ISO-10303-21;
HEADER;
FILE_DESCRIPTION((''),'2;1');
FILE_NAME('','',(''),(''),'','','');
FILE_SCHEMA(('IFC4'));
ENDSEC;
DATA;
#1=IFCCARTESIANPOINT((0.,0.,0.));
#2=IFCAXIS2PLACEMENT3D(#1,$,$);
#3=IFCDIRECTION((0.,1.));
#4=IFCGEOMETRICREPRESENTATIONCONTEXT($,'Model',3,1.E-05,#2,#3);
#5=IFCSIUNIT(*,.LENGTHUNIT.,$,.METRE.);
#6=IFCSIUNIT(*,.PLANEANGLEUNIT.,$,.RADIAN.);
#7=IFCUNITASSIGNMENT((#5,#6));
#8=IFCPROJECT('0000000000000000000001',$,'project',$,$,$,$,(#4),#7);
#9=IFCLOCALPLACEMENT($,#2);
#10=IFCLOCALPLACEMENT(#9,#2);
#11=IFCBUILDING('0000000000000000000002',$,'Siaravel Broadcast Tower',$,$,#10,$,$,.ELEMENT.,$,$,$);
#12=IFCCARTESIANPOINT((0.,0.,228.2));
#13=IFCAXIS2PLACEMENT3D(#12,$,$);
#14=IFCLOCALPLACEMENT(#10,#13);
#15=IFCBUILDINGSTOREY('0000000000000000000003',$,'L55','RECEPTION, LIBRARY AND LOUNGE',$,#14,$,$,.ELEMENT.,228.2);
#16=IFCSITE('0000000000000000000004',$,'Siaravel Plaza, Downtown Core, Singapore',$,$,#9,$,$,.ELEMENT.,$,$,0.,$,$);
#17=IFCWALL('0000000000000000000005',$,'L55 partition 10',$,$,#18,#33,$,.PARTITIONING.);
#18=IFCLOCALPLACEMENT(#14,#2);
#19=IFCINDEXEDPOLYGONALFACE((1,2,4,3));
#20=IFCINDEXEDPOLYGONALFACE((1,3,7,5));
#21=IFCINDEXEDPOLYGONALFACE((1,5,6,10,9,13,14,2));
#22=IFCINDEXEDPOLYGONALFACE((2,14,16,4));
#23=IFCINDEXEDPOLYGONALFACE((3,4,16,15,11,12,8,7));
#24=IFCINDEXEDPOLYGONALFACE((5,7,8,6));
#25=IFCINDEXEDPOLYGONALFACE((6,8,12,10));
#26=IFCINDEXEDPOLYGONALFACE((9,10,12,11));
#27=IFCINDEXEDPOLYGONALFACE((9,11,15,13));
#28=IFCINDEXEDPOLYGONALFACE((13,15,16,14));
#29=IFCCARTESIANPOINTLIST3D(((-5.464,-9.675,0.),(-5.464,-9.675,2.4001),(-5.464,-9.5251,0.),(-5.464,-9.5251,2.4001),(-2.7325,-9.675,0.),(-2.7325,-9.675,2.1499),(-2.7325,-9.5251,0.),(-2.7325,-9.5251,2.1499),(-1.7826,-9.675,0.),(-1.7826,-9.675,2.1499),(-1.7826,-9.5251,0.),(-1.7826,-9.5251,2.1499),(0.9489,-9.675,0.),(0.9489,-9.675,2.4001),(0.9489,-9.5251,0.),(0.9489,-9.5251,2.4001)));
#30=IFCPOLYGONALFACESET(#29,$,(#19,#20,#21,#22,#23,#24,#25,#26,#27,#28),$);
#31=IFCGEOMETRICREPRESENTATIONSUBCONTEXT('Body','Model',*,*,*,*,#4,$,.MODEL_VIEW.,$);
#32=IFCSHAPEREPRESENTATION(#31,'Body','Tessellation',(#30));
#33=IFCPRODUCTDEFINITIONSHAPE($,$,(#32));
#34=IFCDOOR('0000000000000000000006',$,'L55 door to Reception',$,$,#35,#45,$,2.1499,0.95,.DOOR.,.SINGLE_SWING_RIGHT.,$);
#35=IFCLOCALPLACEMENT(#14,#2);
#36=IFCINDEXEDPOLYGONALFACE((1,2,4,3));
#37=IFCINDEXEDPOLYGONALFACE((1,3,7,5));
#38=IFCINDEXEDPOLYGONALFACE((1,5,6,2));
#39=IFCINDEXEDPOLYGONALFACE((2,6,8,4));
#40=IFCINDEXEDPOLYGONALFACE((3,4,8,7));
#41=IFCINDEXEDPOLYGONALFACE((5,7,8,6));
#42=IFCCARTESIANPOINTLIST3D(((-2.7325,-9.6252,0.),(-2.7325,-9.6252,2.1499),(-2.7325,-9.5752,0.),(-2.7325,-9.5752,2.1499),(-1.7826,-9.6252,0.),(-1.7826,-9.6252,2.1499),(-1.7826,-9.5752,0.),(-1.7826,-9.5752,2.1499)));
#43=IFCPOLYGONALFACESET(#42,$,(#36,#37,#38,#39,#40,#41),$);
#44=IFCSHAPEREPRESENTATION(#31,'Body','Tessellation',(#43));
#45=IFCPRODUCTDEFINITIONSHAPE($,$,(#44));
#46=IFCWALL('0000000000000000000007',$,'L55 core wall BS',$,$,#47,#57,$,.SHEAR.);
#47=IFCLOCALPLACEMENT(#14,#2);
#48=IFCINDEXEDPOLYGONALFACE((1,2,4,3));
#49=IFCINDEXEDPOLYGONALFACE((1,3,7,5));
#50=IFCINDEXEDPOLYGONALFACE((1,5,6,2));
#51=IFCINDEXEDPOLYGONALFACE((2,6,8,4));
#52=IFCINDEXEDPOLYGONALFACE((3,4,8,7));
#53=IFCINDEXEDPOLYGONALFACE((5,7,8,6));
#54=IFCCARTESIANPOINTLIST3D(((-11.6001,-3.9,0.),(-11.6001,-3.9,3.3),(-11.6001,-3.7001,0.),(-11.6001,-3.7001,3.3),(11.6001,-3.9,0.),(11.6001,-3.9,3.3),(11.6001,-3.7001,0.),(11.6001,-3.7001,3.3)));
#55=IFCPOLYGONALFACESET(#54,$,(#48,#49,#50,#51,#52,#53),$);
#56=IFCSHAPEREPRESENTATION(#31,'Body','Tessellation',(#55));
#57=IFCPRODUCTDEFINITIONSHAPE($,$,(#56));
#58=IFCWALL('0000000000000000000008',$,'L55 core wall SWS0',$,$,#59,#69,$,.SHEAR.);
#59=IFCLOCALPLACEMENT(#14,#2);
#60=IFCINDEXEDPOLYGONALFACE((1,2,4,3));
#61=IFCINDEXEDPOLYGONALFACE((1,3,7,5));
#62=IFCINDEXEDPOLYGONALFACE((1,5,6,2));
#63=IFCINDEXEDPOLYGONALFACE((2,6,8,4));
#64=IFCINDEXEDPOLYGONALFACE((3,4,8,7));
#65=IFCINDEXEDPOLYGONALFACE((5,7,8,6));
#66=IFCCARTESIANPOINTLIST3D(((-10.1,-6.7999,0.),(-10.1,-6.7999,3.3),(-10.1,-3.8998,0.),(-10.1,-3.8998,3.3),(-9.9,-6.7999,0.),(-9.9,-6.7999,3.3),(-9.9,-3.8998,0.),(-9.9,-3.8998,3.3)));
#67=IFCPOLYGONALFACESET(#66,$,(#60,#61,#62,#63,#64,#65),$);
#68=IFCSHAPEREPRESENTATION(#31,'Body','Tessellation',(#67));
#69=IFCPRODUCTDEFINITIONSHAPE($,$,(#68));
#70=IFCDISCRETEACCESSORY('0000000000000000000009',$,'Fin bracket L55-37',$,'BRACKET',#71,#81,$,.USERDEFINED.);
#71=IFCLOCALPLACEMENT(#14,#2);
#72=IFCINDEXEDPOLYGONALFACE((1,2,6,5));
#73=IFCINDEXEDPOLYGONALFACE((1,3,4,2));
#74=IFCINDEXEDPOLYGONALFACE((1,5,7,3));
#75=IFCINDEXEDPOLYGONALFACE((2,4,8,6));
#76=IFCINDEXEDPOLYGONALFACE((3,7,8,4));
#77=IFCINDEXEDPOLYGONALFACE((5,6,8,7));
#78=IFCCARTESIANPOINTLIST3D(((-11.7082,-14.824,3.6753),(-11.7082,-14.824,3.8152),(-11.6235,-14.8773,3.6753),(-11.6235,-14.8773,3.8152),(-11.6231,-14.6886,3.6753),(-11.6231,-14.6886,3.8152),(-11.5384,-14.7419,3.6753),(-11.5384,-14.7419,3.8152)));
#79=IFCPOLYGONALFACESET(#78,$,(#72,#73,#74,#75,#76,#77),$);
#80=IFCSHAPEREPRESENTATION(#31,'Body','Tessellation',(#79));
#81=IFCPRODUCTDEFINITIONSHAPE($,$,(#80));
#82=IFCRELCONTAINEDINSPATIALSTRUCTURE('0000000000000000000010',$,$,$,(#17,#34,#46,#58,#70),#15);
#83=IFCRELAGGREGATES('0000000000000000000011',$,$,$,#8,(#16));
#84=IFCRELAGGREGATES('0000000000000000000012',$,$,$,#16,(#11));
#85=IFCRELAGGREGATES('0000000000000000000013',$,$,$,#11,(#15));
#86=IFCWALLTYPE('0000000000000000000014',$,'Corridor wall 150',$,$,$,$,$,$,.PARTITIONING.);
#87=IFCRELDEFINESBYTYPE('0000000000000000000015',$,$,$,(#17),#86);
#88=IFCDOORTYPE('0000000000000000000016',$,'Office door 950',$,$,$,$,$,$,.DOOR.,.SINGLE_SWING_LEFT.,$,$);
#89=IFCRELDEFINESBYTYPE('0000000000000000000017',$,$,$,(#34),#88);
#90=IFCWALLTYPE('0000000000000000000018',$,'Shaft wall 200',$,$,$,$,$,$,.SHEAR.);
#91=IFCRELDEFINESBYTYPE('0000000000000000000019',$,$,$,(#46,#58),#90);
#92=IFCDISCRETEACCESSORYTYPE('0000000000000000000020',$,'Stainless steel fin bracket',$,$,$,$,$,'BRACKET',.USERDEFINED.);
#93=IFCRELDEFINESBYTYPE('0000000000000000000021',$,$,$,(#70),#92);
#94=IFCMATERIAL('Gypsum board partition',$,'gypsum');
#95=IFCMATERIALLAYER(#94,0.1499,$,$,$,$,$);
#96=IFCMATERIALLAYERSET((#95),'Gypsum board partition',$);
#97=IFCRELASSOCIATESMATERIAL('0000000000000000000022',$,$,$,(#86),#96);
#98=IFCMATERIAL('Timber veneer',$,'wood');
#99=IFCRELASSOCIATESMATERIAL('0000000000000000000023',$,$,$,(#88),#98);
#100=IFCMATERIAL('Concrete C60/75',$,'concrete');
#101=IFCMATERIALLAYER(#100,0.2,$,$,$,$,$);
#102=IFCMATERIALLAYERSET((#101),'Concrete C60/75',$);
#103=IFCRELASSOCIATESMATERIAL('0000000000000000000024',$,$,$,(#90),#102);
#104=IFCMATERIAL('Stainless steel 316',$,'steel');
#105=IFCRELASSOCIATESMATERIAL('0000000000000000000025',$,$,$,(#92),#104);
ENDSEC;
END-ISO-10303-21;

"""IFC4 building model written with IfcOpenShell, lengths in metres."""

from ifc_helpers import new_model, si_unit, direction, frame, frame_2d, origin, origin_2d, place, context, subcontext, project, spatial, rectangle, extrude, material, layer, layer_set, type_object, element, fill, save


model = new_model("IFC4")

# Units and contexts
model_context = context("Model", 3, precision=1e-05, world=origin(), true_north=direction((0.0, 1.0)))
body_context = subcontext(model_context, "Body", "Model", "MODEL_VIEW")
ifc_project = project(units=[si_unit("LENGTHUNIT", "METRE"), si_unit("PLANEANGLEUNIT", "RADIAN")], contexts=[model_context])

# Site, building, storey
site_placement = place(None, origin())
site = spatial("IfcSite", under=ifc_project, at=site_placement, Name="Siaravel Plaza, Downtown Core, Singapore", CompositionType="ELEMENT", RefElevation=0.0)
building_placement = place(site_placement, origin())
building = spatial("IfcBuilding", under=site, at=building_placement, Name="Siaravel Broadcast Tower", CompositionType="ELEMENT")
storey_placement = place(building_placement, frame((0.0, 0.0, 228.2)))
storey = spatial("IfcBuildingStorey", under=building, at=storey_placement, Name="L55", Description="RECEPTION, LIBRARY AND LOUNGE", CompositionType="ELEMENT", Elevation=228.2)

# Shared definitions
ifc_material_1 = material(Name="Concrete C60/75", Category="concrete")

# Shared definitions
ifc_material_2 = material(Name="Timber veneer", Category="wood")

# Wall, opening, door
ifc_material_3 = material(Name="Gypsum board partition", Category="gypsum")
ifc_layer_1 = layer(ifc_material_3, 0.1499)
ifc_layer_set_1 = layer_set([ifc_layer_1], Name="Gypsum board partition")
wall_type_1 = type_object("IfcWallType", Name="Corridor wall 150", PredefinedType="PARTITIONING", material=ifc_layer_set_1)
wall_1_placement = place(storey_placement, frame((-5.4641, -9.6001, 0.0), z_axis=(0.0, 0.0, 1.0), x_axis=(1.0, 0.0, 0.0)))
wall_1 = element("IfcWall", 1, at=wall_1_placement, inside=storey, type_object=wall_type_1, Name="L55 partition 10", PredefinedType="PARTITIONING", context=body_context, shape_type="SweptSolid", body=[
    extrude(rectangle(XDim=6.4128, YDim=0.1499, at=frame_2d((3.2065, 0.0))), origin(), (0.0, 0.0, 1.0), 2.4001),
])
opening_1_placement = place(wall_1_placement, frame((2.7314, 0.0, 0.0)))
opening_1 = element("IfcOpeningElement", 2, at=opening_1_placement, cuts=wall_1, PredefinedType="OPENING", context=body_context, shape_type="SweptSolid", body=[
    extrude(rectangle(XDim=0.95, YDim=2.1499, at=frame_2d((0.4751, 1.075))), frame((0.0, 0.085, 0.0), z_axis=(0.0, -1.0, 0.0), x_axis=(1.0, 0.0, 0.0)), (0.0, 0.0, 1.0), 0.1699),
])
door_type_1 = type_object("IfcDoorType", Name="Office door 950", OperationType="SINGLE_SWING_LEFT", PredefinedType="DOOR", material=ifc_material_2)
door_1_placement = place(opening_1_placement, origin())
door_1 = element("IfcDoor", 3, at=door_1_placement, inside=storey, type_object=door_type_1, Name="L55 door to Reception", OperationType="SINGLE_SWING_RIGHT", OverallHeight=2.1499, OverallWidth=0.95, PredefinedType="DOOR", context=body_context, shape_type="SweptSolid", body=[
    extrude(rectangle(XDim=0.95, YDim=2.1499, at=frame_2d((0.4751, 1.075))), frame((0.0, 0.0249, 0.0), z_axis=(0.0, -1.0, 0.0), x_axis=(1.0, 0.0, 0.0)), (0.0, 0.0, 1.0), 0.05),
])
fill(opening_1, door_1)

# Walls
ifc_layer_2 = layer(ifc_material_1, 0.2)
ifc_layer_set_2 = layer_set([ifc_layer_2], Name="Concrete C60/75")
wall_type_2 = type_object("IfcWallType", Name="Shaft wall 200", PredefinedType="SHEAR", material=ifc_layer_set_2)
wall_2_placement = place(storey_placement, frame((-11.6001, -3.8, 0.0), z_axis=(0.0, 0.0, 1.0), x_axis=(1.0, 0.0, 0.0)))
element("IfcWall", 4, at=wall_2_placement, inside=storey, type_object=wall_type_2, Name="L55 core wall BS", PredefinedType="SHEAR", context=body_context, shape_type="SweptSolid", body=[
    extrude(rectangle(XDim=23.2002, YDim=0.2, at=frame_2d((11.6001, 0.0))), origin(), (0.0, 0.0, 1.0), 3.3),
])
wall_3_placement = place(storey_placement, frame((-10.0, -6.8, 0.0), z_axis=(0.0, 0.0, 1.0), x_axis=(0.0, 1.0, 0.0)))
element("IfcWall", 5, at=wall_3_placement, inside=storey, type_object=wall_type_2, Name="L55 core wall SWS0", PredefinedType="SHEAR", context=body_context, shape_type="SweptSolid", body=[
    extrude(rectangle(XDim=2.9001, YDim=0.2, at=frame_2d((1.4502, 0.0))), origin(), (0.0, 0.0, 1.0), 3.3),
])

# Discrete accessory
ifc_material_4 = material(Name="Stainless steel 316", Category="steel")
discrete_accessory_type = type_object("IfcDiscreteAccessoryType", Name="Stainless steel fin bracket", ElementType="BRACKET", PredefinedType="USERDEFINED", material=ifc_material_4)
discrete_accessory_placement = place(storey_placement, frame((-11.6233, -14.783, 3.6753), z_axis=(0.0, 0.0, 1.0), x_axis=(-0.532151, -0.84665, 0.0)))
element("IfcDiscreteAccessory", 6, at=discrete_accessory_placement, inside=storey, type_object=discrete_accessory_type, Name="Fin bracket L55-37", ObjectType="BRACKET", PredefinedType="USERDEFINED", context=body_context, shape_type="SweptSolid", body=[
    extrude(rectangle(XDim=0.1599, YDim=0.1001, at=origin_2d()), origin(), (0.0, 0.0, 1.0), 0.1399),
])

save(model, "model.ifc")
